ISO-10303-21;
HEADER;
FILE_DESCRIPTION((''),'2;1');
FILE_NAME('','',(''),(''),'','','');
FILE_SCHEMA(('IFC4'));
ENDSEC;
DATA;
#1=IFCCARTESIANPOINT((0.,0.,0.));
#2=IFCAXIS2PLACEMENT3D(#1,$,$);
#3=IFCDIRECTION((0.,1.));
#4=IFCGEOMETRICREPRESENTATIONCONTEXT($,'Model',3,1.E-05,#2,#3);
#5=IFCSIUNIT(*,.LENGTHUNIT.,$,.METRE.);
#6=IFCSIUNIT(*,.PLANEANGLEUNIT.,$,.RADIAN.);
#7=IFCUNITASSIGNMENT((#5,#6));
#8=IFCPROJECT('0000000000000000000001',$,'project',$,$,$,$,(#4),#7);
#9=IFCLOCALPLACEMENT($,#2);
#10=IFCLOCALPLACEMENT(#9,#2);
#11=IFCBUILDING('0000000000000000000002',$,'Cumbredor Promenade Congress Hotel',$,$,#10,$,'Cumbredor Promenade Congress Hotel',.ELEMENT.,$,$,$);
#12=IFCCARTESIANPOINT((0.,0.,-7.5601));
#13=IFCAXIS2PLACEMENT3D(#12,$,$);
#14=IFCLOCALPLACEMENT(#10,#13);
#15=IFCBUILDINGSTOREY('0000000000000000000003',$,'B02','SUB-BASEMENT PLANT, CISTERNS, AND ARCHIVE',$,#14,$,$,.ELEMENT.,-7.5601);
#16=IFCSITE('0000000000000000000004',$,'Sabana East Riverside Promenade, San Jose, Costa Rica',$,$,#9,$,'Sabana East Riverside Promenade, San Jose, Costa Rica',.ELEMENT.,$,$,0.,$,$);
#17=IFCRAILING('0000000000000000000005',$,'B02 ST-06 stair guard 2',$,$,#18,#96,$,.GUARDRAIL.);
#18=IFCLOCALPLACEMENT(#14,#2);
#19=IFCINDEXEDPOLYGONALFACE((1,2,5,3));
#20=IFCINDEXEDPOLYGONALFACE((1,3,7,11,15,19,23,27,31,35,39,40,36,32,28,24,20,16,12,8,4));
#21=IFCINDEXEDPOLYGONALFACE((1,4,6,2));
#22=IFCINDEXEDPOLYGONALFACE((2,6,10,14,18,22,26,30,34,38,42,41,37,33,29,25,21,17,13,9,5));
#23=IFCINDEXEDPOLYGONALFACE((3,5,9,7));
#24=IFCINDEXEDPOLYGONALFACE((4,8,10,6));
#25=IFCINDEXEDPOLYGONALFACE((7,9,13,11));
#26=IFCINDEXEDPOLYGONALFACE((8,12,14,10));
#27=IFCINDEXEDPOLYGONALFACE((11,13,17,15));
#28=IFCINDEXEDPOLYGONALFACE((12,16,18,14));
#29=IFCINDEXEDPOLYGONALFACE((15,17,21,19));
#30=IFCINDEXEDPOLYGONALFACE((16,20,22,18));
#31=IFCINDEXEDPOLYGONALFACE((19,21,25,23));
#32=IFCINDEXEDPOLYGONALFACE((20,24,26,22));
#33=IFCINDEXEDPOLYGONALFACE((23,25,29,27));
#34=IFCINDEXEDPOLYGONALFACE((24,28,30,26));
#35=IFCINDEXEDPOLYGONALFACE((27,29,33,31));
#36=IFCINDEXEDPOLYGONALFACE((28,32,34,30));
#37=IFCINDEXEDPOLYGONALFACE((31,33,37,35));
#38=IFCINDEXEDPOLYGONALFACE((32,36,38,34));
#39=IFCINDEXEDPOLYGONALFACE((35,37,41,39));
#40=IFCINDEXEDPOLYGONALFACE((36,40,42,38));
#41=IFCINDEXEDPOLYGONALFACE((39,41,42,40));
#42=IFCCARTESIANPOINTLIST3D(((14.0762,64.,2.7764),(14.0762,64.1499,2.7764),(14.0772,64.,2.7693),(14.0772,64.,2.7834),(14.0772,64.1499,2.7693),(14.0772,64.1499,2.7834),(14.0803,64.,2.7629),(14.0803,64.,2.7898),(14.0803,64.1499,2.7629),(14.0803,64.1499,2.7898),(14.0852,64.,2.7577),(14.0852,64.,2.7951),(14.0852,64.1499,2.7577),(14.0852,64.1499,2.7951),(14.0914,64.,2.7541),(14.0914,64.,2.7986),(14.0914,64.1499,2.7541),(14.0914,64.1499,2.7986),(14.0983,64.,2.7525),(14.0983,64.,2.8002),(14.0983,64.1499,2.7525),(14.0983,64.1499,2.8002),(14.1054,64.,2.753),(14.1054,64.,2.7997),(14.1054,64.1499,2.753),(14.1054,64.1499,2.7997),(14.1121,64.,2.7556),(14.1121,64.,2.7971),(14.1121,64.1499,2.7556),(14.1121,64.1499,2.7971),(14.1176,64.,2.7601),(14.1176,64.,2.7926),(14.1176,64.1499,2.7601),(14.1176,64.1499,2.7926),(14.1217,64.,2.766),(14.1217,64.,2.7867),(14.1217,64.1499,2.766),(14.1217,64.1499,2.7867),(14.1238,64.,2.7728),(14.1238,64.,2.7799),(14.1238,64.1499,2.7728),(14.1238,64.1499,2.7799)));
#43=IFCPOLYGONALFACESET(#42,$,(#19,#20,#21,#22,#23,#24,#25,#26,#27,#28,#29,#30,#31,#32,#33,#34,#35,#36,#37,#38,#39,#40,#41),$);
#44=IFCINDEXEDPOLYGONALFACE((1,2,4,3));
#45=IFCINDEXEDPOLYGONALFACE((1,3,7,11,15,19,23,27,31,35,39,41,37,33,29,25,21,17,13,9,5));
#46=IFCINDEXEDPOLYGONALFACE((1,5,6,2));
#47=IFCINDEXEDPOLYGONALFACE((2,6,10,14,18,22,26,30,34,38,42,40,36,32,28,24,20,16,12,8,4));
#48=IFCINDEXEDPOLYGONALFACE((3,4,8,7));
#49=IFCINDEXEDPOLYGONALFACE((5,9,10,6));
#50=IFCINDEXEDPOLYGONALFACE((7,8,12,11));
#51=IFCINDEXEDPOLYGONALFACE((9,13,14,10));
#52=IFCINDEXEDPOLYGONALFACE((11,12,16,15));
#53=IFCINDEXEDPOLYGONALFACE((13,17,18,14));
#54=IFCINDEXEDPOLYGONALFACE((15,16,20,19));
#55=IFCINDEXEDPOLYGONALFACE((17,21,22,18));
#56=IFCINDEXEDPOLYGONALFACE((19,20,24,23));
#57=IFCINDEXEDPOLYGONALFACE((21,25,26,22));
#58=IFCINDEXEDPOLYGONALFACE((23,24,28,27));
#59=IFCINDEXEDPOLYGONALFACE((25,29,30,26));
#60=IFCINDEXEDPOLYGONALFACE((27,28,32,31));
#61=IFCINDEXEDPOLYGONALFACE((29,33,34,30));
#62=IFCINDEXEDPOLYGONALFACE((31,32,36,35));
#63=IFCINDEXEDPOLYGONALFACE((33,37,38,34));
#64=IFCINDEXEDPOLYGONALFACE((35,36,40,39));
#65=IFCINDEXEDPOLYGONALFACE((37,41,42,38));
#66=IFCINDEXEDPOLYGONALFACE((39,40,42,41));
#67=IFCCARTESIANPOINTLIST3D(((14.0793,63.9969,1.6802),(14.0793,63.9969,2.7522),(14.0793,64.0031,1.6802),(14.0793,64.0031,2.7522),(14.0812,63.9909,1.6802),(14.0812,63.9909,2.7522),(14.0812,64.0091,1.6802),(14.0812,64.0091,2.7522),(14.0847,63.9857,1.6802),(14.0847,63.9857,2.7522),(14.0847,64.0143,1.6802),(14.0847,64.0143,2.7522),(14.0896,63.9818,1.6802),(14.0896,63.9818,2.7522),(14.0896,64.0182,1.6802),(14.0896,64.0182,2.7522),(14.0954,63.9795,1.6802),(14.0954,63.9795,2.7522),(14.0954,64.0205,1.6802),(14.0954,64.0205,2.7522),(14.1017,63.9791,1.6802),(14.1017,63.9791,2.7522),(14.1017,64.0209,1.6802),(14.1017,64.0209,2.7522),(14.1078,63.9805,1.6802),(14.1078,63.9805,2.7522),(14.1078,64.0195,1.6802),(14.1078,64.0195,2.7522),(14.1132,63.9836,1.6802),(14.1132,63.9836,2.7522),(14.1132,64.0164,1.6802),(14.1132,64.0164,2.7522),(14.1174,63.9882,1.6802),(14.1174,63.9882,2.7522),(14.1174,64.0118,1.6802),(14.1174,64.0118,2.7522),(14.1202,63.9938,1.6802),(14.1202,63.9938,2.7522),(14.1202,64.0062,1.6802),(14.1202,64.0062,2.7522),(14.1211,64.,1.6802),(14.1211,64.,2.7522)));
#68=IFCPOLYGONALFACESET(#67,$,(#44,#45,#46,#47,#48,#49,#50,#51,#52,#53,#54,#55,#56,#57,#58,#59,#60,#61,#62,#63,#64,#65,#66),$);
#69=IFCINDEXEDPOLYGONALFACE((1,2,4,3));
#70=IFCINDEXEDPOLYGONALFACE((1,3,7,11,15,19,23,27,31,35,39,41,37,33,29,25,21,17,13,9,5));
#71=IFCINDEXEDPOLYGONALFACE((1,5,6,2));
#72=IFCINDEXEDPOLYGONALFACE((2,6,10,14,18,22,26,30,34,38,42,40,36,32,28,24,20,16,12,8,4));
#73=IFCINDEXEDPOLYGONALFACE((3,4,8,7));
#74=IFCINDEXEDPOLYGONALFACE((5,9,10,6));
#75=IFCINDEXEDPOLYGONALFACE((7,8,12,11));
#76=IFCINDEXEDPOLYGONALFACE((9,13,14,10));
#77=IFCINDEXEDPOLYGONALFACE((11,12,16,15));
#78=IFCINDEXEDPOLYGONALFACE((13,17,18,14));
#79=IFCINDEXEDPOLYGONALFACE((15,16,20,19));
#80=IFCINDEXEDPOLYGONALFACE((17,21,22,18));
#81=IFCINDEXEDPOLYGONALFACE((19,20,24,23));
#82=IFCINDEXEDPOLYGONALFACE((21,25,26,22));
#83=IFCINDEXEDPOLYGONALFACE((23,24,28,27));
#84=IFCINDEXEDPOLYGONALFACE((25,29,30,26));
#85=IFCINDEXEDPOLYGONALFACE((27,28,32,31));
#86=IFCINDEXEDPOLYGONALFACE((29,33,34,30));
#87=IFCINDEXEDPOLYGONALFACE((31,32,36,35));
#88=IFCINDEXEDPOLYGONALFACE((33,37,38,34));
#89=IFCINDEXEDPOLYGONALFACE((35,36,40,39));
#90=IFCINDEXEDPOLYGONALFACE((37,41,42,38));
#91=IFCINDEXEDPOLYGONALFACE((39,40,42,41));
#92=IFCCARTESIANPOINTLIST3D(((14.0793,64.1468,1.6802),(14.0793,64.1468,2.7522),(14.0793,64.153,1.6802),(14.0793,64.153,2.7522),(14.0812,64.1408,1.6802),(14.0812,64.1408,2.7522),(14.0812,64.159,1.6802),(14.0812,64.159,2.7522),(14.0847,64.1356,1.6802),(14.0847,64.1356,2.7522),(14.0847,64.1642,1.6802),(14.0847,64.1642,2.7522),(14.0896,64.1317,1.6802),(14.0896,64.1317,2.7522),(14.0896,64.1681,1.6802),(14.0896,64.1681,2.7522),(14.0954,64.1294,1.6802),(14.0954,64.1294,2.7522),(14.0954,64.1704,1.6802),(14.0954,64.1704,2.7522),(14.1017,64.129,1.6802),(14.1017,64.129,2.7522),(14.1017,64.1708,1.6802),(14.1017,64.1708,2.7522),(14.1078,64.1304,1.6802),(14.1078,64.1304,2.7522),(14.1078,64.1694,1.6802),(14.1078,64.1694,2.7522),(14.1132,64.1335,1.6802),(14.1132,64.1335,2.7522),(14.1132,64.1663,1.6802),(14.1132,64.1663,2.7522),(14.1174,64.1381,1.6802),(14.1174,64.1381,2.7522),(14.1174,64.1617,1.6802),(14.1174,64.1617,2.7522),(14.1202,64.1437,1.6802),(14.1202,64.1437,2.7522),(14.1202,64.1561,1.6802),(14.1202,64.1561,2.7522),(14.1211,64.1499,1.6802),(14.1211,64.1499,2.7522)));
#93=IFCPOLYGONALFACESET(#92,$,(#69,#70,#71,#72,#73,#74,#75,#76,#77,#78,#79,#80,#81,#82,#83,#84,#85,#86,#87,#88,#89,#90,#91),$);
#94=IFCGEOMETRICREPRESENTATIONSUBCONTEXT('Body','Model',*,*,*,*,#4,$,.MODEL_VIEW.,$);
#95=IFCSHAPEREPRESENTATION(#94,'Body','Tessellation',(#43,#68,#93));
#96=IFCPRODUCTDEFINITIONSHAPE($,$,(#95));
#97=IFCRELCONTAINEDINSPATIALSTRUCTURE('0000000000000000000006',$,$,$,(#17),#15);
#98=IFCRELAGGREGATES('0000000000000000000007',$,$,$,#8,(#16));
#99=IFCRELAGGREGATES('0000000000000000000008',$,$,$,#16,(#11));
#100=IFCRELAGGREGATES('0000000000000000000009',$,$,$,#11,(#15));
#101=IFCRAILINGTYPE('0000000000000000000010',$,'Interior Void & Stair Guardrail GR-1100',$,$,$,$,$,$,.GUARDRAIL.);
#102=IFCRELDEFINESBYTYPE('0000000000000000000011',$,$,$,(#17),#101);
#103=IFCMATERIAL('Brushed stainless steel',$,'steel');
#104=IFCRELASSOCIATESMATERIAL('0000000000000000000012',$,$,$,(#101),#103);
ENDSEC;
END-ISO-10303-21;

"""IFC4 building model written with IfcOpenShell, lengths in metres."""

from ifc_helpers import new_model, si_unit, direction, frame, origin, origin_2d, place, context, subcontext, project, spatial, circle, extrude, material, type_object, element, save


model = new_model("IFC4")

# Units and contexts
model_context = context("Model", 3, precision=1e-05, world=origin(), true_north=direction((0.0, 1.0)))
body_context = subcontext(model_context, "Body", "Model", "MODEL_VIEW")
ifc_project = project(units=[si_unit("LENGTHUNIT", "METRE"), si_unit("PLANEANGLEUNIT", "RADIAN")], contexts=[model_context])

# Site, building, storey
site_placement = place(None, origin())
site = spatial("IfcSite", under=ifc_project, at=site_placement, Name="Sabana East Riverside Promenade, San Jose, Costa Rica", LongName="Sabana East Riverside Promenade, San Jose, Costa Rica", CompositionType="ELEMENT", RefElevation=0.0)
building_placement = place(site_placement, origin())
building = spatial("IfcBuilding", under=site, at=building_placement, Name="Cumbredor Promenade Congress Hotel", LongName="Cumbredor Promenade Congress Hotel", CompositionType="ELEMENT")
storey_placement = place(building_placement, frame((0.0, 0.0, -7.5601)))
storey = spatial("IfcBuildingStorey", under=building, at=storey_placement, Name="B02", Description="SUB-BASEMENT PLANT, CISTERNS, AND ARCHIVE", CompositionType="ELEMENT", Elevation=-7.5601)

# Shared definitions
ifc_material_1 = material(Name="Brushed stainless steel", Category="steel")

# Railing
railing_type_1 = type_object("IfcRailingType", Name="Interior Void & Stair Guardrail GR-1100", PredefinedType="GUARDRAIL", material=ifc_material_1)
railing_1_placement = place(storey_placement, frame((14.1001, 64.0, 1.6802)))
element("IfcRailing", 1, at=railing_1_placement, inside=storey, type_object=railing_type_1, Name="B02 ST-06 stair guard 2", PredefinedType="GUARDRAIL", context=body_context, shape_type="SweptSolid", body=[
    extrude(circle(Radius=0.0239, at=origin_2d()), frame((0.0, 0.0, 1.0962), z_axis=(0.0, 1.0, 0.0), x_axis=(-1.0, 0.0, 0.0)), (0.0, 0.0, 1.0), 0.1499),
    extrude(circle(Radius=0.021, at=origin_2d()), origin(), (0.0, 0.0, 1.0), 1.072),
    extrude(circle(Radius=0.021, at=origin_2d()), frame((0.0, 0.1499, 0.0)), (0.0, 0.0, 1.0), 1.072),
])

save(model, "model.ifc")
